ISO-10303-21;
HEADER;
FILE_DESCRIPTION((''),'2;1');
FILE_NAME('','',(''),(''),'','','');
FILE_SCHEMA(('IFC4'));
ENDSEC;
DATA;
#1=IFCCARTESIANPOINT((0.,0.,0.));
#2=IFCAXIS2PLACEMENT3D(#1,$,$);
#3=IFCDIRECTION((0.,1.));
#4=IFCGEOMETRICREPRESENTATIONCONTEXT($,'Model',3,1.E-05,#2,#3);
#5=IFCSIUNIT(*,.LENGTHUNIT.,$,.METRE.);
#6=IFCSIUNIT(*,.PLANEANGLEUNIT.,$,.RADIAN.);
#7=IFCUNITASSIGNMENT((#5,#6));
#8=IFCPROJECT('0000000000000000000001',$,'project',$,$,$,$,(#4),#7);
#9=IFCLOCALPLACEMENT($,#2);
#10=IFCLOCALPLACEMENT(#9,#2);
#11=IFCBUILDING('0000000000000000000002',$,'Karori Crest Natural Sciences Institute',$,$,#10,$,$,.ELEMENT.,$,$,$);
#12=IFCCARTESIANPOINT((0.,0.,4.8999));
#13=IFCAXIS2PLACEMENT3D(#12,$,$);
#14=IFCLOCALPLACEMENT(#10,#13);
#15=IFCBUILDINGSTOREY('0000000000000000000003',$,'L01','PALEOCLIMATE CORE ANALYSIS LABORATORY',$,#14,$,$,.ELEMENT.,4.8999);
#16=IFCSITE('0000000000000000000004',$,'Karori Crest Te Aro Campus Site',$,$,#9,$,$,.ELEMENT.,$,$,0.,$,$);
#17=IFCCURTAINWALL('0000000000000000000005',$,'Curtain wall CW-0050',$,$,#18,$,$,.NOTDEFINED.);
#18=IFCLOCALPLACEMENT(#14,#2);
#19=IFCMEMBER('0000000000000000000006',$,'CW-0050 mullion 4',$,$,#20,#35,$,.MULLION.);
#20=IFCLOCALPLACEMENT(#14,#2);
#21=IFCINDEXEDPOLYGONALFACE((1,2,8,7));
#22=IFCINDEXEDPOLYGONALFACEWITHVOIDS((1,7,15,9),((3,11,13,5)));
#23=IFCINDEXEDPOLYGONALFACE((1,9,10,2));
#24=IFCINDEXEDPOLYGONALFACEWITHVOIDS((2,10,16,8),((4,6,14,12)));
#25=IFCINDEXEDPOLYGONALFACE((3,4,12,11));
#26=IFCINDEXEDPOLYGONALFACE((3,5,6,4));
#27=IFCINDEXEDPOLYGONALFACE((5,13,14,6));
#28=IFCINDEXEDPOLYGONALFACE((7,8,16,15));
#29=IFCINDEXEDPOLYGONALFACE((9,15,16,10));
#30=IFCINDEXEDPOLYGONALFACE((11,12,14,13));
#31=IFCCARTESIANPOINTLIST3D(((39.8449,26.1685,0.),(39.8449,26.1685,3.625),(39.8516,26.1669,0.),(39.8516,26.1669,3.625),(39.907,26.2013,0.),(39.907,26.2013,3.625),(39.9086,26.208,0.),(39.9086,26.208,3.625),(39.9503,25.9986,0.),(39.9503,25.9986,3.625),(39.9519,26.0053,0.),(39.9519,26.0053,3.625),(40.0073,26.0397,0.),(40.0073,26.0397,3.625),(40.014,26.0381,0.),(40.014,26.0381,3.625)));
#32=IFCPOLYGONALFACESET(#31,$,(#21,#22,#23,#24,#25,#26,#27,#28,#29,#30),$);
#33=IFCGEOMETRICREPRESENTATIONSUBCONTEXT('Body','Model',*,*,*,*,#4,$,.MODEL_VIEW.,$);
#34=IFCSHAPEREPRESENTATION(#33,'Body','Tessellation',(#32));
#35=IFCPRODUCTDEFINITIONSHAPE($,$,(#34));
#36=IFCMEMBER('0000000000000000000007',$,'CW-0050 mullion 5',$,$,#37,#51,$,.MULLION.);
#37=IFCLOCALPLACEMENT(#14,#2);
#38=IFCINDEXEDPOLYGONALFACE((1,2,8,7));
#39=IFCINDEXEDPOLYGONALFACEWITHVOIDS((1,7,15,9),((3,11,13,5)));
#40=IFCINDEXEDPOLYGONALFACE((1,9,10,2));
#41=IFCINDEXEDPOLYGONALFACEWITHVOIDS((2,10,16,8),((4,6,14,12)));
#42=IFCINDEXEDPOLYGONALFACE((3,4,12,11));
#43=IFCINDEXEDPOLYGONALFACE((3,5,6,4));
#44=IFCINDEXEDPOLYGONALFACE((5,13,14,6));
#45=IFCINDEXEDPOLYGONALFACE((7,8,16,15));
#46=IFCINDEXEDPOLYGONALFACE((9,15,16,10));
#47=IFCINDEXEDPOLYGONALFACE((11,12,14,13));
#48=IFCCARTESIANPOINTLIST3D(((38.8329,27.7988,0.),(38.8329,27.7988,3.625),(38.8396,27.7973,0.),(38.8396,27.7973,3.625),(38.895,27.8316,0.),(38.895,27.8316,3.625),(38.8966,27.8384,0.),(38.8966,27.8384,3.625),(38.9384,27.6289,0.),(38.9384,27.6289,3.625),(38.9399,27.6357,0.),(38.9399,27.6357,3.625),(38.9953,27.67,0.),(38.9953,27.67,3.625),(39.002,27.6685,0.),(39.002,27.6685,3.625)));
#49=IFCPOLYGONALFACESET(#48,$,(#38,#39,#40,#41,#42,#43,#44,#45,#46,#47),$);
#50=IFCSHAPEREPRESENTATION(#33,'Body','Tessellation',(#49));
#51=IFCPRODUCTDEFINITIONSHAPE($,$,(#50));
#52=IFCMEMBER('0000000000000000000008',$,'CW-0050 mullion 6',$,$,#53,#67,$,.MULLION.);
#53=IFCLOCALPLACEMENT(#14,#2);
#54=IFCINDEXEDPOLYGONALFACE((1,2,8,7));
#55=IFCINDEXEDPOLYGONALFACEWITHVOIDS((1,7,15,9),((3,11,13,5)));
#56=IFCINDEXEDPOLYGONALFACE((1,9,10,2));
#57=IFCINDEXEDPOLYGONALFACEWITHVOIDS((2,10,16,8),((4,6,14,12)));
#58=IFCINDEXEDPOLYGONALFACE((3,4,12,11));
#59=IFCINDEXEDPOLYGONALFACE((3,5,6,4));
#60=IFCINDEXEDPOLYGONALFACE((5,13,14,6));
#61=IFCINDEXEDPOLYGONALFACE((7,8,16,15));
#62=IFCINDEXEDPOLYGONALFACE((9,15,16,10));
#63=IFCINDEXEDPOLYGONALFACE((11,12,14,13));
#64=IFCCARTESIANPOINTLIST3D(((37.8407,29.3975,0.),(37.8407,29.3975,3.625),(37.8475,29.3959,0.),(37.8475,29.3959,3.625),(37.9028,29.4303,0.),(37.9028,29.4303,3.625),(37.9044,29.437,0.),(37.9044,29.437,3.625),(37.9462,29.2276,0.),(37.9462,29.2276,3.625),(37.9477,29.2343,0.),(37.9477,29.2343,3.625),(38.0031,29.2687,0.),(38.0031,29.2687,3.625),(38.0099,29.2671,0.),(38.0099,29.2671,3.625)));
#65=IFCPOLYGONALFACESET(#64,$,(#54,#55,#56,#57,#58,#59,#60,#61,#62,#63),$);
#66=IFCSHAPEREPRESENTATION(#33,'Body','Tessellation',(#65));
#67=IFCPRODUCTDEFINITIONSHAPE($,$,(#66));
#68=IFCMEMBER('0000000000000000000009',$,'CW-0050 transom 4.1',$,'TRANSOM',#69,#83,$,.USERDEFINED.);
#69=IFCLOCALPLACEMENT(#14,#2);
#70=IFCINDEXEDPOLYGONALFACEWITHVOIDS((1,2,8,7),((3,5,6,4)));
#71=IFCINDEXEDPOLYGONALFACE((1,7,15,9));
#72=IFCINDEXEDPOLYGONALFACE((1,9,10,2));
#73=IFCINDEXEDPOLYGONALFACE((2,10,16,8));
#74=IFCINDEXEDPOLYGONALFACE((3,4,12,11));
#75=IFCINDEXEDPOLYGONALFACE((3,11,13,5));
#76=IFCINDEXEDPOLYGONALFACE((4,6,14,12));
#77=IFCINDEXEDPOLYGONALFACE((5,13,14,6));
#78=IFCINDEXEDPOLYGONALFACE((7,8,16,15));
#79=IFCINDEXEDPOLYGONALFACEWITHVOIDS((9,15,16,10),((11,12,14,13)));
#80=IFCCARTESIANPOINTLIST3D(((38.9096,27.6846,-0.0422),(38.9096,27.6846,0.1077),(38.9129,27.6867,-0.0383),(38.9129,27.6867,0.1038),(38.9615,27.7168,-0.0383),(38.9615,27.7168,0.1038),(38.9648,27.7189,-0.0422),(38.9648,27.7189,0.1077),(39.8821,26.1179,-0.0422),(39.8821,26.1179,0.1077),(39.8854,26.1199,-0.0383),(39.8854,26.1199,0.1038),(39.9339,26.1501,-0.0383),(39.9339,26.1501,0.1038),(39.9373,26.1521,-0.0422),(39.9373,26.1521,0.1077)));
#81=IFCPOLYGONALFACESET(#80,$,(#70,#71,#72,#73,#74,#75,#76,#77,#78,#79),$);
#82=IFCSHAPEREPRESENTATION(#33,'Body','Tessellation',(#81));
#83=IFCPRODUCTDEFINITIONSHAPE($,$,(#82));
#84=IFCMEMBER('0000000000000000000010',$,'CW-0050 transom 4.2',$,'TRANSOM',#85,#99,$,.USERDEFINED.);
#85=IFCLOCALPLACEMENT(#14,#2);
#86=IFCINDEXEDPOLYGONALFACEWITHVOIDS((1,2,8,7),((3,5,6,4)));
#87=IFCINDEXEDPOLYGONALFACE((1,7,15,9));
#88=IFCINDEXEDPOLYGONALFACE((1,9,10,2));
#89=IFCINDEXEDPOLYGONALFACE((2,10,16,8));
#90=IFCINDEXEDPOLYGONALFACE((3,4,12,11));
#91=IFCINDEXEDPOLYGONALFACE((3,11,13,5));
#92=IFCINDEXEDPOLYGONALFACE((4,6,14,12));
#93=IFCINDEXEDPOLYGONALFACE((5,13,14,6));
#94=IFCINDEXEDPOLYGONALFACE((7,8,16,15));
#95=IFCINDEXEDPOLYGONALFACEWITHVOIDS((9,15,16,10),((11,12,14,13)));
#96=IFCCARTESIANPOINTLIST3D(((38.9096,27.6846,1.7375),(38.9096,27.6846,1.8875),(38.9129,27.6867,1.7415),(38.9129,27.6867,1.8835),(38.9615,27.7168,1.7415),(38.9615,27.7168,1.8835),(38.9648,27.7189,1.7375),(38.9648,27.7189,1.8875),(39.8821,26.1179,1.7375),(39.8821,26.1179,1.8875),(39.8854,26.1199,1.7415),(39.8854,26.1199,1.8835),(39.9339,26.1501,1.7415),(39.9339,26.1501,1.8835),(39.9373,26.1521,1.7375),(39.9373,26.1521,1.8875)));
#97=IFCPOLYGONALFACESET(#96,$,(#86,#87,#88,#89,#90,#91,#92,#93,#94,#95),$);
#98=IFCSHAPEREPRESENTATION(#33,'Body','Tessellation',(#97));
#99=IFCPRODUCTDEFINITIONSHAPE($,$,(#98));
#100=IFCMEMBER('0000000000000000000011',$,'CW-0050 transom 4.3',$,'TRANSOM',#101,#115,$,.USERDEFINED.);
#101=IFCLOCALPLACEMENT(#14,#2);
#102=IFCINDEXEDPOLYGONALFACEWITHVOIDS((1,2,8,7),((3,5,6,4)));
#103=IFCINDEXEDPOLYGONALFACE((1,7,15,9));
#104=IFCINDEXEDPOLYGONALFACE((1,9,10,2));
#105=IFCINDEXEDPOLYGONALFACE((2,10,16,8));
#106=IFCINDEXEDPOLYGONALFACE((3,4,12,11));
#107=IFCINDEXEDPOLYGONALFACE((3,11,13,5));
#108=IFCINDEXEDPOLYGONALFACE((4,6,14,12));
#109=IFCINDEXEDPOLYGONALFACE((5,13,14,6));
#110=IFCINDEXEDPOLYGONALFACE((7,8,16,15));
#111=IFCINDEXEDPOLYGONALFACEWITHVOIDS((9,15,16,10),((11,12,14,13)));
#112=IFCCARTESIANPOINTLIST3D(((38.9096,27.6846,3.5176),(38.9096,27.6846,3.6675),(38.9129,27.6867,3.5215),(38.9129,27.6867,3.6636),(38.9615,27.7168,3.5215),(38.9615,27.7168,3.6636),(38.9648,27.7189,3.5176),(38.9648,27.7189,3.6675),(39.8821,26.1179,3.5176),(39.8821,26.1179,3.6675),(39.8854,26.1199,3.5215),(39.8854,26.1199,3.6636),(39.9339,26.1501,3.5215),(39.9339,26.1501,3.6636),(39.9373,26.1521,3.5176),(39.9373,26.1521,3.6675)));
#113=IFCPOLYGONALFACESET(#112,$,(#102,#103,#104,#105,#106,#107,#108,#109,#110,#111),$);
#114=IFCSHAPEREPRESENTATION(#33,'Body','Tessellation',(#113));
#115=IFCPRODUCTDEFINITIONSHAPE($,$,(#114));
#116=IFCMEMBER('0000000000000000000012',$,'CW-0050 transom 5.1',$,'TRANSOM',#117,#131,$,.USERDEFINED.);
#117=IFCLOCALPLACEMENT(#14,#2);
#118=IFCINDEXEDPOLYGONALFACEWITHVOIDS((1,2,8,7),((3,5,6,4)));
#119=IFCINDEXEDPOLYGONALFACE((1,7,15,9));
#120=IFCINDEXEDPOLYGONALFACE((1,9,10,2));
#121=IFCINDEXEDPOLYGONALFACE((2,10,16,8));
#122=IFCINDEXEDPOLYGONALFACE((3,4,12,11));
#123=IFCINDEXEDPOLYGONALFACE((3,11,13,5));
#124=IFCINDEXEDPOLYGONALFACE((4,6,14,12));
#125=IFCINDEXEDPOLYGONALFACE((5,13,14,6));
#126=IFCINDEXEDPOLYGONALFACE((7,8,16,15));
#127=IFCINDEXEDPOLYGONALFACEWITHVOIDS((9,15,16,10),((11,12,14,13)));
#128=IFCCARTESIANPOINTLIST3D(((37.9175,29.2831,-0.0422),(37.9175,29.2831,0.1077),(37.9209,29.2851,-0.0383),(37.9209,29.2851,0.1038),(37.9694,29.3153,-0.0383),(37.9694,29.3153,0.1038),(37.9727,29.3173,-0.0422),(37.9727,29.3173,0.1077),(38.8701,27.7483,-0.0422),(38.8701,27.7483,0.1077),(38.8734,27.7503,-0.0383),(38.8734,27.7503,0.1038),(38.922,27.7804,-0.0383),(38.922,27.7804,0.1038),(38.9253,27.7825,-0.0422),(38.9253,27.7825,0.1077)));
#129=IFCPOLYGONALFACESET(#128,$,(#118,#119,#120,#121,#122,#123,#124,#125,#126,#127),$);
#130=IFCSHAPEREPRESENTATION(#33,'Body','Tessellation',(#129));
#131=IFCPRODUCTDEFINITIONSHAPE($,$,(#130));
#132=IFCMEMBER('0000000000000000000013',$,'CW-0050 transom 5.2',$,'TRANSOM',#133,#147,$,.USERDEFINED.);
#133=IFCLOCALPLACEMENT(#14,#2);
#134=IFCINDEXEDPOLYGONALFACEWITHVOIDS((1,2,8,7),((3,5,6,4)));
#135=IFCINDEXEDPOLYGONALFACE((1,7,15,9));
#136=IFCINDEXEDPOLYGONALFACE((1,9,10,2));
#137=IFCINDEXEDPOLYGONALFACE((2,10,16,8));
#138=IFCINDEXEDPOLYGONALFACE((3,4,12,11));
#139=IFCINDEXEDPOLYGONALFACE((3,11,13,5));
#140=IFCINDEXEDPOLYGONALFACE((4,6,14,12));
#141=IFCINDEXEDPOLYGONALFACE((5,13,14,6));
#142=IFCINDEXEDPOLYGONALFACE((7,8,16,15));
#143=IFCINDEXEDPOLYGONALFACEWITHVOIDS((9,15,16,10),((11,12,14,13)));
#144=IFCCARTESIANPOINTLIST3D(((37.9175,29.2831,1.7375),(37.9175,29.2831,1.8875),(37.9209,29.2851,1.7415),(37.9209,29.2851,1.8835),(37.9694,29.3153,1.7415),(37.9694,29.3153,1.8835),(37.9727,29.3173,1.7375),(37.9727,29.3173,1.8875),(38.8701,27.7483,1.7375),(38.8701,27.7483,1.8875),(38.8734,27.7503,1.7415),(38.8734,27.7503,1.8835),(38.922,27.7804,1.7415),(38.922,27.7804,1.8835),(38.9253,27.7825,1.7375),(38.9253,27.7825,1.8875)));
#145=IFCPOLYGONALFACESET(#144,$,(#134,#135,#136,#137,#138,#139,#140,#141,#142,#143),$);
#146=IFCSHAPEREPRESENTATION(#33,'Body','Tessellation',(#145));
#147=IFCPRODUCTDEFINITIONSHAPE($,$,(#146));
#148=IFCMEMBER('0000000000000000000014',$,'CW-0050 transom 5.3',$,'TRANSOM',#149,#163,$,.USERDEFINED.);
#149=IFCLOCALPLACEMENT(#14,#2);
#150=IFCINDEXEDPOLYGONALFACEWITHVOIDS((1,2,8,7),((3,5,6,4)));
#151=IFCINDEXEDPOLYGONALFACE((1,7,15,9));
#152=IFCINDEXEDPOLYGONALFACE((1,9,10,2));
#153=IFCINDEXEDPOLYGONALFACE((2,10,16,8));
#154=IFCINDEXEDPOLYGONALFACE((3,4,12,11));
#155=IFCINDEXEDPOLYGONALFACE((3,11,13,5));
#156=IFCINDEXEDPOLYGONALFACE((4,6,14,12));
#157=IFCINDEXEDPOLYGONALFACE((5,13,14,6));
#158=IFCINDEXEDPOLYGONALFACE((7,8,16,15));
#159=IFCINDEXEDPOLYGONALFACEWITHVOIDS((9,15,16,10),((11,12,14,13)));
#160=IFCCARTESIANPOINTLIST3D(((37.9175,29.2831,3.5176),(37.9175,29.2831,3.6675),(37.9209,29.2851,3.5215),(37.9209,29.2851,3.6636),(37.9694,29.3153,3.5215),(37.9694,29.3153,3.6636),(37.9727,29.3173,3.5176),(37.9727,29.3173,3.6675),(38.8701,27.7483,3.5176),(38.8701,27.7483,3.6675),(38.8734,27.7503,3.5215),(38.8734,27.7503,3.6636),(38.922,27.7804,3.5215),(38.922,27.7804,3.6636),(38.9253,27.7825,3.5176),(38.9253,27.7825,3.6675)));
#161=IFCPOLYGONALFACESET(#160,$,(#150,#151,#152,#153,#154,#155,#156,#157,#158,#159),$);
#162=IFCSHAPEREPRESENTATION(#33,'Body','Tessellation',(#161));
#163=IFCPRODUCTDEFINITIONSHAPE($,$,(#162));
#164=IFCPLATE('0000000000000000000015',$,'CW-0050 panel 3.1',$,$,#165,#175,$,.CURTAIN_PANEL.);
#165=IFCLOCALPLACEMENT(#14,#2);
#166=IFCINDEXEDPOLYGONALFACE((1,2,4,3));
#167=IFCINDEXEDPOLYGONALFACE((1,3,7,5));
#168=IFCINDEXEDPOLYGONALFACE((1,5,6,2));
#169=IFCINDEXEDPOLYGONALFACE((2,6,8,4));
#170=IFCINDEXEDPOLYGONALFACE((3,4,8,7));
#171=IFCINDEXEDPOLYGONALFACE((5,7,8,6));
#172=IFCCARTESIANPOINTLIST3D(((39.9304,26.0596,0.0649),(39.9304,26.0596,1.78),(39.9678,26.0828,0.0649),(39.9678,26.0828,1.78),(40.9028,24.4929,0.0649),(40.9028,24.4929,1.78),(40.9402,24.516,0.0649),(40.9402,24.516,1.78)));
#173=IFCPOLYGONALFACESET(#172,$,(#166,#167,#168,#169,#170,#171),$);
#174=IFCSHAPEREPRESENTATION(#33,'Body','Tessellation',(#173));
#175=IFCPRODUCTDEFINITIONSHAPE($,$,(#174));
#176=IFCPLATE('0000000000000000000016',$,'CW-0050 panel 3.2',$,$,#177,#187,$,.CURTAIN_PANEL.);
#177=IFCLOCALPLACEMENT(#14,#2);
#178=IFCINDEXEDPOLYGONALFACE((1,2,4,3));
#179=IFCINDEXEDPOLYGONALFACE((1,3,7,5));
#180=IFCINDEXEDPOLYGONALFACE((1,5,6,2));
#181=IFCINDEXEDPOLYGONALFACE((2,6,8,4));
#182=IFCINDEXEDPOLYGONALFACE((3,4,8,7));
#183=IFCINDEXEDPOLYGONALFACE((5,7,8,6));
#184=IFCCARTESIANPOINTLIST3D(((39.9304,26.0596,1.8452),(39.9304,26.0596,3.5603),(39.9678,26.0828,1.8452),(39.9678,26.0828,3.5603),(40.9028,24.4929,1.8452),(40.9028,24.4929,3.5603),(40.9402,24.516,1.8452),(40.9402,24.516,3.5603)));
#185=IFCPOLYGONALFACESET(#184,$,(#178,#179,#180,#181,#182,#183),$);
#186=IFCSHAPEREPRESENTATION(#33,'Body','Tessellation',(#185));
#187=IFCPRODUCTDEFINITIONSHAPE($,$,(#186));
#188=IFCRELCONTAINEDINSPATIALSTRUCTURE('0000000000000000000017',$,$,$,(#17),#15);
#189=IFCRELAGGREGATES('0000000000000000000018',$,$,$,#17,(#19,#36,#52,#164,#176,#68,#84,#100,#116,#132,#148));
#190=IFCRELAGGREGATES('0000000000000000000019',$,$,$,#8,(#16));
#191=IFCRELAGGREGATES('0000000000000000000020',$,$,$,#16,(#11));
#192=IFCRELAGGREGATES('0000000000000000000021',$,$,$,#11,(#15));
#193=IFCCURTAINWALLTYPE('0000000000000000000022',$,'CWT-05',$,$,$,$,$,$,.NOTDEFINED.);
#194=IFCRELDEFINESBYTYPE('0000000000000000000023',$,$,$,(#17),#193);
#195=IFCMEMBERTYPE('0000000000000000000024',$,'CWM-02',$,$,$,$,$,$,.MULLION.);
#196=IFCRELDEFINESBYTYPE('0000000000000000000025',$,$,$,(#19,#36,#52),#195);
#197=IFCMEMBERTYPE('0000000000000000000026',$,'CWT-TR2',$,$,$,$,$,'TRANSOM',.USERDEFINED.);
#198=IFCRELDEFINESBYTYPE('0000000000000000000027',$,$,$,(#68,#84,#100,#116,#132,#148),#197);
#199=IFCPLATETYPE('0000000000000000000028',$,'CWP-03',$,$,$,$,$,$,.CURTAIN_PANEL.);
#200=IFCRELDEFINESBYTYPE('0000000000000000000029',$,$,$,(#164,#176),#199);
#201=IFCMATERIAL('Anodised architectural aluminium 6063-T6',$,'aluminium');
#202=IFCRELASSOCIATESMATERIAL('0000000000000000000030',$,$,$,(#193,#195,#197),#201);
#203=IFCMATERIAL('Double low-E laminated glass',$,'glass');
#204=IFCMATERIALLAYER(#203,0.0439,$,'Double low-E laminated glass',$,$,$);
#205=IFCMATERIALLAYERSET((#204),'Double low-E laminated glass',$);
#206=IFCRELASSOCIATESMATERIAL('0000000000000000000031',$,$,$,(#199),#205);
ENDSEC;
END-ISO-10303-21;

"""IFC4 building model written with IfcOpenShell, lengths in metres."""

from ifc_helpers import new_model, si_unit, direction, frame, origin, origin_2d, place, context, subcontext, project, spatial, rectangle, hollow_rectangle, extrude, material, layer, layer_set, material_profile, profile_set, type_object, element, aggregate, save


model = new_model("IFC4")

# Units and contexts
model_context = context("Model", 3, precision=1e-05, world=origin(), true_north=direction((0.0, 1.0)))
body_context = subcontext(model_context, "Body", "Model", "MODEL_VIEW")
ifc_project = project(units=[si_unit("LENGTHUNIT", "METRE"), si_unit("PLANEANGLEUNIT", "RADIAN")], contexts=[model_context])

# Site, building, storey
site_placement = place(None, origin())
site = spatial("IfcSite", under=ifc_project, at=site_placement, Name="Karori Crest Te Aro Campus Site", CompositionType="ELEMENT", RefElevation=0.0)
building_placement = place(site_placement, origin())
building = spatial("IfcBuilding", under=site, at=building_placement, Name="Karori Crest Natural Sciences Institute", CompositionType="ELEMENT")
storey_placement = place(building_placement, frame((0.0, 0.0, 4.8999)))
storey = spatial("IfcBuildingStorey", under=building, at=storey_placement, Name="L01", Description="PALEOCLIMATE CORE ANALYSIS LABORATORY", CompositionType="ELEMENT", Elevation=4.8999)

# Curtain wall, members, plates
ifc_material_1 = material(Name="Anodised architectural aluminium 6063-T6", Category="aluminium")
curtain_wall_type = type_object("IfcCurtainWallType", Name="CWT-05", PredefinedType="NOTDEFINED", material=ifc_material_1)
curtain_wall_placement = place(storey_placement, origin())
curtain_wall = element("IfcCurtainWall", 1, at=curtain_wall_placement, inside=storey, type_object=curtain_wall_type, Name="Curtain wall CW-0050", PredefinedType="NOTDEFINED")
ifc_material_profile_1 = material_profile(ifc_material_1, hollow_rectangle(XDim=0.075, YDim=0.2, WallThickness=0.0049, at=origin_2d()), Name="CWM200x75x5")
ifc_profile_set_1 = profile_set([ifc_material_profile_1], Name="Anodised architectural aluminium 6063-T6")
member_type_1 = type_object("IfcMemberType", Name="CWM-02", PredefinedType="MULLION", material=ifc_profile_set_1)
member_1_placement = place(storey_placement, frame((39.9294, 26.1033, 0.0), z_axis=(0.0, 0.0, 1.0), x_axis=(-0.849666, -0.527322, 0.0)))
member_1 = element("IfcMember", 2, at=member_1_placement, type_object=member_type_1, Name="CW-0050 mullion 4", PredefinedType="MULLION", context=body_context, shape_type="SweptSolid", body=[
    extrude(hollow_rectangle(XDim=0.075, YDim=0.2, WallThickness=0.0049, at=origin_2d()), origin(), (0.0, 0.0, 1.0), 3.625),
])
member_2_placement = place(storey_placement, frame((38.9175, 27.7336, 0.0), z_axis=(0.0, 0.0, 1.0), x_axis=(-0.849666, -0.527322, 0.0)))
member_2 = element("IfcMember", 3, at=member_2_placement, type_object=member_type_1, Name="CW-0050 mullion 5", PredefinedType="MULLION", context=body_context, shape_type="SweptSolid", body=[
    extrude(hollow_rectangle(XDim=0.075, YDim=0.2, WallThickness=0.0049, at=origin_2d()), origin(), (0.0, 0.0, 1.0), 3.625),
])
member_3_placement = place(storey_placement, frame((37.9253, 29.3323, 0.0), z_axis=(0.0, 0.0, 1.0), x_axis=(-0.849666, -0.527322, 0.0)))
member_3 = element("IfcMember", 4, at=member_3_placement, type_object=member_type_1, Name="CW-0050 mullion 6", PredefinedType="MULLION", context=body_context, shape_type="SweptSolid", body=[
    extrude(hollow_rectangle(XDim=0.075, YDim=0.2, WallThickness=0.0049, at=origin_2d()), origin(), (0.0, 0.0, 1.0), 3.625),
])
ifc_material_profile_2 = material_profile(ifc_material_1, hollow_rectangle(XDim=0.0649, YDim=0.1499, WallThickness=0.0039, at=origin_2d()), Name="CWT150x65x4")
ifc_profile_set_2 = profile_set([ifc_material_profile_2], Name="Anodised architectural aluminium 6063-T6")
member_type_2 = type_object("IfcMemberType", Name="CWT-TR2", ElementType="TRANSOM", PredefinedType="USERDEFINED", material=ifc_profile_set_2)
member_4_placement = place(storey_placement, frame((39.9097, 26.135, 0.0327), z_axis=(-0.527366, 0.849638, 0.0), x_axis=(-0.849638, -0.527366, 0.0)))
member_4 = element("IfcMember", 5, at=member_4_placement, type_object=member_type_2, Name="CW-0050 transom 4.1", ObjectType="TRANSOM", PredefinedType="USERDEFINED", context=body_context, shape_type="SweptSolid", body=[
    extrude(hollow_rectangle(XDim=0.0649, YDim=0.1499, WallThickness=0.0039, at=origin_2d()), origin(), (0.0, 0.0, 1.0), 1.844),
])
member_5_placement = place(storey_placement, frame((39.9097, 26.135, 1.8125), z_axis=(-0.527366, 0.849638, 0.0), x_axis=(-0.849638, -0.527366, 0.0)))
member_5 = element("IfcMember", 6, at=member_5_placement, type_object=member_type_2, Name="CW-0050 transom 4.2", ObjectType="TRANSOM", PredefinedType="USERDEFINED", context=body_context, shape_type="SweptSolid", body=[
    extrude(hollow_rectangle(XDim=0.0649, YDim=0.1499, WallThickness=0.0039, at=origin_2d()), origin(), (0.0, 0.0, 1.0), 1.844),
])
member_6_placement = place(storey_placement, frame((39.9097, 26.135, 3.5925), z_axis=(-0.527366, 0.849638, 0.0), x_axis=(-0.849638, -0.527366, 0.0)))
member_6 = element("IfcMember", 7, at=member_6_placement, type_object=member_type_2, Name="CW-0050 transom 4.3", ObjectType="TRANSOM", PredefinedType="USERDEFINED", context=body_context, shape_type="SweptSolid", body=[
    extrude(hollow_rectangle(XDim=0.0649, YDim=0.1499, WallThickness=0.0039, at=origin_2d()), origin(), (0.0, 0.0, 1.0), 1.844),
])
member_7_placement = place(storey_placement, frame((38.8977, 27.7654, 0.0327), z_axis=(-0.527336, 0.849657, 0.0), x_axis=(-0.849657, -0.527336, 0.0)))
member_7 = element("IfcMember", 8, at=member_7_placement, type_object=member_type_2, Name="CW-0050 transom 5.1", ObjectType="TRANSOM", PredefinedType="USERDEFINED", context=body_context, shape_type="SweptSolid", body=[
    extrude(hollow_rectangle(XDim=0.0649, YDim=0.1499, WallThickness=0.0039, at=origin_2d()), origin(), (0.0, 0.0, 1.0), 1.8064),
])
member_8_placement = place(storey_placement, frame((38.8977, 27.7654, 1.8125), z_axis=(-0.527336, 0.849657, 0.0), x_axis=(-0.849657, -0.527336, 0.0)))
member_8 = element("IfcMember", 9, at=member_8_placement, type_object=member_type_2, Name="CW-0050 transom 5.2", ObjectType="TRANSOM", PredefinedType="USERDEFINED", context=body_context, shape_type="SweptSolid", body=[
    extrude(hollow_rectangle(XDim=0.0649, YDim=0.1499, WallThickness=0.0039, at=origin_2d()), origin(), (0.0, 0.0, 1.0), 1.8064),
])
member_9_placement = place(storey_placement, frame((38.8977, 27.7654, 3.5925), z_axis=(-0.527336, 0.849657, 0.0), x_axis=(-0.849657, -0.527336, 0.0)))
member_9 = element("IfcMember", 10, at=member_9_placement, type_object=member_type_2, Name="CW-0050 transom 5.3", ObjectType="TRANSOM", PredefinedType="USERDEFINED", context=body_context, shape_type="SweptSolid", body=[
    extrude(hollow_rectangle(XDim=0.0649, YDim=0.1499, WallThickness=0.0039, at=origin_2d()), origin(), (0.0, 0.0, 1.0), 1.8064),
])
ifc_material_2 = material(Name="Double low-E laminated glass", Category="glass")
ifc_layer_1 = layer(ifc_material_2, 0.0439, Name="Double low-E laminated glass")
ifc_layer_set_1 = layer_set([ifc_layer_1], Name="Double low-E laminated glass")
plate_type = type_object("IfcPlateType", Name="CWP-03", PredefinedType="CURTAIN_PANEL", material=ifc_layer_set_1)
plate_1_placement = place(storey_placement, frame((40.4353, 25.2878, 0.0649), z_axis=(0.0, 0.0, 1.0), x_axis=(-0.527322, 0.849666, 0.0)))
plate_1 = element("IfcPlate", 11, at=plate_1_placement, type_object=plate_type, Name="CW-0050 panel 3.1", PredefinedType="CURTAIN_PANEL", context=body_context, shape_type="SweptSolid", body=[
    extrude(rectangle(XDim=1.844, YDim=0.0439, at=origin_2d()), origin(), (0.0, 0.0, 1.0), 1.7151),
])
plate_2_placement = place(storey_placement, frame((40.4353, 25.2878, 1.8452), z_axis=(0.0, 0.0, 1.0), x_axis=(-0.527322, 0.849666, 0.0)))
plate_2 = element("IfcPlate", 12, at=plate_2_placement, type_object=plate_type, Name="CW-0050 panel 3.2", PredefinedType="CURTAIN_PANEL", context=body_context, shape_type="SweptSolid", body=[
    extrude(rectangle(XDim=1.844, YDim=0.0439, at=origin_2d()), origin(), (0.0, 0.0, 1.0), 1.7151),
])
aggregate(curtain_wall, [member_1, member_2, member_3, plate_1, plate_2, member_4, member_5, member_6, member_7, member_8, member_9])

save(model, "model.ifc")
